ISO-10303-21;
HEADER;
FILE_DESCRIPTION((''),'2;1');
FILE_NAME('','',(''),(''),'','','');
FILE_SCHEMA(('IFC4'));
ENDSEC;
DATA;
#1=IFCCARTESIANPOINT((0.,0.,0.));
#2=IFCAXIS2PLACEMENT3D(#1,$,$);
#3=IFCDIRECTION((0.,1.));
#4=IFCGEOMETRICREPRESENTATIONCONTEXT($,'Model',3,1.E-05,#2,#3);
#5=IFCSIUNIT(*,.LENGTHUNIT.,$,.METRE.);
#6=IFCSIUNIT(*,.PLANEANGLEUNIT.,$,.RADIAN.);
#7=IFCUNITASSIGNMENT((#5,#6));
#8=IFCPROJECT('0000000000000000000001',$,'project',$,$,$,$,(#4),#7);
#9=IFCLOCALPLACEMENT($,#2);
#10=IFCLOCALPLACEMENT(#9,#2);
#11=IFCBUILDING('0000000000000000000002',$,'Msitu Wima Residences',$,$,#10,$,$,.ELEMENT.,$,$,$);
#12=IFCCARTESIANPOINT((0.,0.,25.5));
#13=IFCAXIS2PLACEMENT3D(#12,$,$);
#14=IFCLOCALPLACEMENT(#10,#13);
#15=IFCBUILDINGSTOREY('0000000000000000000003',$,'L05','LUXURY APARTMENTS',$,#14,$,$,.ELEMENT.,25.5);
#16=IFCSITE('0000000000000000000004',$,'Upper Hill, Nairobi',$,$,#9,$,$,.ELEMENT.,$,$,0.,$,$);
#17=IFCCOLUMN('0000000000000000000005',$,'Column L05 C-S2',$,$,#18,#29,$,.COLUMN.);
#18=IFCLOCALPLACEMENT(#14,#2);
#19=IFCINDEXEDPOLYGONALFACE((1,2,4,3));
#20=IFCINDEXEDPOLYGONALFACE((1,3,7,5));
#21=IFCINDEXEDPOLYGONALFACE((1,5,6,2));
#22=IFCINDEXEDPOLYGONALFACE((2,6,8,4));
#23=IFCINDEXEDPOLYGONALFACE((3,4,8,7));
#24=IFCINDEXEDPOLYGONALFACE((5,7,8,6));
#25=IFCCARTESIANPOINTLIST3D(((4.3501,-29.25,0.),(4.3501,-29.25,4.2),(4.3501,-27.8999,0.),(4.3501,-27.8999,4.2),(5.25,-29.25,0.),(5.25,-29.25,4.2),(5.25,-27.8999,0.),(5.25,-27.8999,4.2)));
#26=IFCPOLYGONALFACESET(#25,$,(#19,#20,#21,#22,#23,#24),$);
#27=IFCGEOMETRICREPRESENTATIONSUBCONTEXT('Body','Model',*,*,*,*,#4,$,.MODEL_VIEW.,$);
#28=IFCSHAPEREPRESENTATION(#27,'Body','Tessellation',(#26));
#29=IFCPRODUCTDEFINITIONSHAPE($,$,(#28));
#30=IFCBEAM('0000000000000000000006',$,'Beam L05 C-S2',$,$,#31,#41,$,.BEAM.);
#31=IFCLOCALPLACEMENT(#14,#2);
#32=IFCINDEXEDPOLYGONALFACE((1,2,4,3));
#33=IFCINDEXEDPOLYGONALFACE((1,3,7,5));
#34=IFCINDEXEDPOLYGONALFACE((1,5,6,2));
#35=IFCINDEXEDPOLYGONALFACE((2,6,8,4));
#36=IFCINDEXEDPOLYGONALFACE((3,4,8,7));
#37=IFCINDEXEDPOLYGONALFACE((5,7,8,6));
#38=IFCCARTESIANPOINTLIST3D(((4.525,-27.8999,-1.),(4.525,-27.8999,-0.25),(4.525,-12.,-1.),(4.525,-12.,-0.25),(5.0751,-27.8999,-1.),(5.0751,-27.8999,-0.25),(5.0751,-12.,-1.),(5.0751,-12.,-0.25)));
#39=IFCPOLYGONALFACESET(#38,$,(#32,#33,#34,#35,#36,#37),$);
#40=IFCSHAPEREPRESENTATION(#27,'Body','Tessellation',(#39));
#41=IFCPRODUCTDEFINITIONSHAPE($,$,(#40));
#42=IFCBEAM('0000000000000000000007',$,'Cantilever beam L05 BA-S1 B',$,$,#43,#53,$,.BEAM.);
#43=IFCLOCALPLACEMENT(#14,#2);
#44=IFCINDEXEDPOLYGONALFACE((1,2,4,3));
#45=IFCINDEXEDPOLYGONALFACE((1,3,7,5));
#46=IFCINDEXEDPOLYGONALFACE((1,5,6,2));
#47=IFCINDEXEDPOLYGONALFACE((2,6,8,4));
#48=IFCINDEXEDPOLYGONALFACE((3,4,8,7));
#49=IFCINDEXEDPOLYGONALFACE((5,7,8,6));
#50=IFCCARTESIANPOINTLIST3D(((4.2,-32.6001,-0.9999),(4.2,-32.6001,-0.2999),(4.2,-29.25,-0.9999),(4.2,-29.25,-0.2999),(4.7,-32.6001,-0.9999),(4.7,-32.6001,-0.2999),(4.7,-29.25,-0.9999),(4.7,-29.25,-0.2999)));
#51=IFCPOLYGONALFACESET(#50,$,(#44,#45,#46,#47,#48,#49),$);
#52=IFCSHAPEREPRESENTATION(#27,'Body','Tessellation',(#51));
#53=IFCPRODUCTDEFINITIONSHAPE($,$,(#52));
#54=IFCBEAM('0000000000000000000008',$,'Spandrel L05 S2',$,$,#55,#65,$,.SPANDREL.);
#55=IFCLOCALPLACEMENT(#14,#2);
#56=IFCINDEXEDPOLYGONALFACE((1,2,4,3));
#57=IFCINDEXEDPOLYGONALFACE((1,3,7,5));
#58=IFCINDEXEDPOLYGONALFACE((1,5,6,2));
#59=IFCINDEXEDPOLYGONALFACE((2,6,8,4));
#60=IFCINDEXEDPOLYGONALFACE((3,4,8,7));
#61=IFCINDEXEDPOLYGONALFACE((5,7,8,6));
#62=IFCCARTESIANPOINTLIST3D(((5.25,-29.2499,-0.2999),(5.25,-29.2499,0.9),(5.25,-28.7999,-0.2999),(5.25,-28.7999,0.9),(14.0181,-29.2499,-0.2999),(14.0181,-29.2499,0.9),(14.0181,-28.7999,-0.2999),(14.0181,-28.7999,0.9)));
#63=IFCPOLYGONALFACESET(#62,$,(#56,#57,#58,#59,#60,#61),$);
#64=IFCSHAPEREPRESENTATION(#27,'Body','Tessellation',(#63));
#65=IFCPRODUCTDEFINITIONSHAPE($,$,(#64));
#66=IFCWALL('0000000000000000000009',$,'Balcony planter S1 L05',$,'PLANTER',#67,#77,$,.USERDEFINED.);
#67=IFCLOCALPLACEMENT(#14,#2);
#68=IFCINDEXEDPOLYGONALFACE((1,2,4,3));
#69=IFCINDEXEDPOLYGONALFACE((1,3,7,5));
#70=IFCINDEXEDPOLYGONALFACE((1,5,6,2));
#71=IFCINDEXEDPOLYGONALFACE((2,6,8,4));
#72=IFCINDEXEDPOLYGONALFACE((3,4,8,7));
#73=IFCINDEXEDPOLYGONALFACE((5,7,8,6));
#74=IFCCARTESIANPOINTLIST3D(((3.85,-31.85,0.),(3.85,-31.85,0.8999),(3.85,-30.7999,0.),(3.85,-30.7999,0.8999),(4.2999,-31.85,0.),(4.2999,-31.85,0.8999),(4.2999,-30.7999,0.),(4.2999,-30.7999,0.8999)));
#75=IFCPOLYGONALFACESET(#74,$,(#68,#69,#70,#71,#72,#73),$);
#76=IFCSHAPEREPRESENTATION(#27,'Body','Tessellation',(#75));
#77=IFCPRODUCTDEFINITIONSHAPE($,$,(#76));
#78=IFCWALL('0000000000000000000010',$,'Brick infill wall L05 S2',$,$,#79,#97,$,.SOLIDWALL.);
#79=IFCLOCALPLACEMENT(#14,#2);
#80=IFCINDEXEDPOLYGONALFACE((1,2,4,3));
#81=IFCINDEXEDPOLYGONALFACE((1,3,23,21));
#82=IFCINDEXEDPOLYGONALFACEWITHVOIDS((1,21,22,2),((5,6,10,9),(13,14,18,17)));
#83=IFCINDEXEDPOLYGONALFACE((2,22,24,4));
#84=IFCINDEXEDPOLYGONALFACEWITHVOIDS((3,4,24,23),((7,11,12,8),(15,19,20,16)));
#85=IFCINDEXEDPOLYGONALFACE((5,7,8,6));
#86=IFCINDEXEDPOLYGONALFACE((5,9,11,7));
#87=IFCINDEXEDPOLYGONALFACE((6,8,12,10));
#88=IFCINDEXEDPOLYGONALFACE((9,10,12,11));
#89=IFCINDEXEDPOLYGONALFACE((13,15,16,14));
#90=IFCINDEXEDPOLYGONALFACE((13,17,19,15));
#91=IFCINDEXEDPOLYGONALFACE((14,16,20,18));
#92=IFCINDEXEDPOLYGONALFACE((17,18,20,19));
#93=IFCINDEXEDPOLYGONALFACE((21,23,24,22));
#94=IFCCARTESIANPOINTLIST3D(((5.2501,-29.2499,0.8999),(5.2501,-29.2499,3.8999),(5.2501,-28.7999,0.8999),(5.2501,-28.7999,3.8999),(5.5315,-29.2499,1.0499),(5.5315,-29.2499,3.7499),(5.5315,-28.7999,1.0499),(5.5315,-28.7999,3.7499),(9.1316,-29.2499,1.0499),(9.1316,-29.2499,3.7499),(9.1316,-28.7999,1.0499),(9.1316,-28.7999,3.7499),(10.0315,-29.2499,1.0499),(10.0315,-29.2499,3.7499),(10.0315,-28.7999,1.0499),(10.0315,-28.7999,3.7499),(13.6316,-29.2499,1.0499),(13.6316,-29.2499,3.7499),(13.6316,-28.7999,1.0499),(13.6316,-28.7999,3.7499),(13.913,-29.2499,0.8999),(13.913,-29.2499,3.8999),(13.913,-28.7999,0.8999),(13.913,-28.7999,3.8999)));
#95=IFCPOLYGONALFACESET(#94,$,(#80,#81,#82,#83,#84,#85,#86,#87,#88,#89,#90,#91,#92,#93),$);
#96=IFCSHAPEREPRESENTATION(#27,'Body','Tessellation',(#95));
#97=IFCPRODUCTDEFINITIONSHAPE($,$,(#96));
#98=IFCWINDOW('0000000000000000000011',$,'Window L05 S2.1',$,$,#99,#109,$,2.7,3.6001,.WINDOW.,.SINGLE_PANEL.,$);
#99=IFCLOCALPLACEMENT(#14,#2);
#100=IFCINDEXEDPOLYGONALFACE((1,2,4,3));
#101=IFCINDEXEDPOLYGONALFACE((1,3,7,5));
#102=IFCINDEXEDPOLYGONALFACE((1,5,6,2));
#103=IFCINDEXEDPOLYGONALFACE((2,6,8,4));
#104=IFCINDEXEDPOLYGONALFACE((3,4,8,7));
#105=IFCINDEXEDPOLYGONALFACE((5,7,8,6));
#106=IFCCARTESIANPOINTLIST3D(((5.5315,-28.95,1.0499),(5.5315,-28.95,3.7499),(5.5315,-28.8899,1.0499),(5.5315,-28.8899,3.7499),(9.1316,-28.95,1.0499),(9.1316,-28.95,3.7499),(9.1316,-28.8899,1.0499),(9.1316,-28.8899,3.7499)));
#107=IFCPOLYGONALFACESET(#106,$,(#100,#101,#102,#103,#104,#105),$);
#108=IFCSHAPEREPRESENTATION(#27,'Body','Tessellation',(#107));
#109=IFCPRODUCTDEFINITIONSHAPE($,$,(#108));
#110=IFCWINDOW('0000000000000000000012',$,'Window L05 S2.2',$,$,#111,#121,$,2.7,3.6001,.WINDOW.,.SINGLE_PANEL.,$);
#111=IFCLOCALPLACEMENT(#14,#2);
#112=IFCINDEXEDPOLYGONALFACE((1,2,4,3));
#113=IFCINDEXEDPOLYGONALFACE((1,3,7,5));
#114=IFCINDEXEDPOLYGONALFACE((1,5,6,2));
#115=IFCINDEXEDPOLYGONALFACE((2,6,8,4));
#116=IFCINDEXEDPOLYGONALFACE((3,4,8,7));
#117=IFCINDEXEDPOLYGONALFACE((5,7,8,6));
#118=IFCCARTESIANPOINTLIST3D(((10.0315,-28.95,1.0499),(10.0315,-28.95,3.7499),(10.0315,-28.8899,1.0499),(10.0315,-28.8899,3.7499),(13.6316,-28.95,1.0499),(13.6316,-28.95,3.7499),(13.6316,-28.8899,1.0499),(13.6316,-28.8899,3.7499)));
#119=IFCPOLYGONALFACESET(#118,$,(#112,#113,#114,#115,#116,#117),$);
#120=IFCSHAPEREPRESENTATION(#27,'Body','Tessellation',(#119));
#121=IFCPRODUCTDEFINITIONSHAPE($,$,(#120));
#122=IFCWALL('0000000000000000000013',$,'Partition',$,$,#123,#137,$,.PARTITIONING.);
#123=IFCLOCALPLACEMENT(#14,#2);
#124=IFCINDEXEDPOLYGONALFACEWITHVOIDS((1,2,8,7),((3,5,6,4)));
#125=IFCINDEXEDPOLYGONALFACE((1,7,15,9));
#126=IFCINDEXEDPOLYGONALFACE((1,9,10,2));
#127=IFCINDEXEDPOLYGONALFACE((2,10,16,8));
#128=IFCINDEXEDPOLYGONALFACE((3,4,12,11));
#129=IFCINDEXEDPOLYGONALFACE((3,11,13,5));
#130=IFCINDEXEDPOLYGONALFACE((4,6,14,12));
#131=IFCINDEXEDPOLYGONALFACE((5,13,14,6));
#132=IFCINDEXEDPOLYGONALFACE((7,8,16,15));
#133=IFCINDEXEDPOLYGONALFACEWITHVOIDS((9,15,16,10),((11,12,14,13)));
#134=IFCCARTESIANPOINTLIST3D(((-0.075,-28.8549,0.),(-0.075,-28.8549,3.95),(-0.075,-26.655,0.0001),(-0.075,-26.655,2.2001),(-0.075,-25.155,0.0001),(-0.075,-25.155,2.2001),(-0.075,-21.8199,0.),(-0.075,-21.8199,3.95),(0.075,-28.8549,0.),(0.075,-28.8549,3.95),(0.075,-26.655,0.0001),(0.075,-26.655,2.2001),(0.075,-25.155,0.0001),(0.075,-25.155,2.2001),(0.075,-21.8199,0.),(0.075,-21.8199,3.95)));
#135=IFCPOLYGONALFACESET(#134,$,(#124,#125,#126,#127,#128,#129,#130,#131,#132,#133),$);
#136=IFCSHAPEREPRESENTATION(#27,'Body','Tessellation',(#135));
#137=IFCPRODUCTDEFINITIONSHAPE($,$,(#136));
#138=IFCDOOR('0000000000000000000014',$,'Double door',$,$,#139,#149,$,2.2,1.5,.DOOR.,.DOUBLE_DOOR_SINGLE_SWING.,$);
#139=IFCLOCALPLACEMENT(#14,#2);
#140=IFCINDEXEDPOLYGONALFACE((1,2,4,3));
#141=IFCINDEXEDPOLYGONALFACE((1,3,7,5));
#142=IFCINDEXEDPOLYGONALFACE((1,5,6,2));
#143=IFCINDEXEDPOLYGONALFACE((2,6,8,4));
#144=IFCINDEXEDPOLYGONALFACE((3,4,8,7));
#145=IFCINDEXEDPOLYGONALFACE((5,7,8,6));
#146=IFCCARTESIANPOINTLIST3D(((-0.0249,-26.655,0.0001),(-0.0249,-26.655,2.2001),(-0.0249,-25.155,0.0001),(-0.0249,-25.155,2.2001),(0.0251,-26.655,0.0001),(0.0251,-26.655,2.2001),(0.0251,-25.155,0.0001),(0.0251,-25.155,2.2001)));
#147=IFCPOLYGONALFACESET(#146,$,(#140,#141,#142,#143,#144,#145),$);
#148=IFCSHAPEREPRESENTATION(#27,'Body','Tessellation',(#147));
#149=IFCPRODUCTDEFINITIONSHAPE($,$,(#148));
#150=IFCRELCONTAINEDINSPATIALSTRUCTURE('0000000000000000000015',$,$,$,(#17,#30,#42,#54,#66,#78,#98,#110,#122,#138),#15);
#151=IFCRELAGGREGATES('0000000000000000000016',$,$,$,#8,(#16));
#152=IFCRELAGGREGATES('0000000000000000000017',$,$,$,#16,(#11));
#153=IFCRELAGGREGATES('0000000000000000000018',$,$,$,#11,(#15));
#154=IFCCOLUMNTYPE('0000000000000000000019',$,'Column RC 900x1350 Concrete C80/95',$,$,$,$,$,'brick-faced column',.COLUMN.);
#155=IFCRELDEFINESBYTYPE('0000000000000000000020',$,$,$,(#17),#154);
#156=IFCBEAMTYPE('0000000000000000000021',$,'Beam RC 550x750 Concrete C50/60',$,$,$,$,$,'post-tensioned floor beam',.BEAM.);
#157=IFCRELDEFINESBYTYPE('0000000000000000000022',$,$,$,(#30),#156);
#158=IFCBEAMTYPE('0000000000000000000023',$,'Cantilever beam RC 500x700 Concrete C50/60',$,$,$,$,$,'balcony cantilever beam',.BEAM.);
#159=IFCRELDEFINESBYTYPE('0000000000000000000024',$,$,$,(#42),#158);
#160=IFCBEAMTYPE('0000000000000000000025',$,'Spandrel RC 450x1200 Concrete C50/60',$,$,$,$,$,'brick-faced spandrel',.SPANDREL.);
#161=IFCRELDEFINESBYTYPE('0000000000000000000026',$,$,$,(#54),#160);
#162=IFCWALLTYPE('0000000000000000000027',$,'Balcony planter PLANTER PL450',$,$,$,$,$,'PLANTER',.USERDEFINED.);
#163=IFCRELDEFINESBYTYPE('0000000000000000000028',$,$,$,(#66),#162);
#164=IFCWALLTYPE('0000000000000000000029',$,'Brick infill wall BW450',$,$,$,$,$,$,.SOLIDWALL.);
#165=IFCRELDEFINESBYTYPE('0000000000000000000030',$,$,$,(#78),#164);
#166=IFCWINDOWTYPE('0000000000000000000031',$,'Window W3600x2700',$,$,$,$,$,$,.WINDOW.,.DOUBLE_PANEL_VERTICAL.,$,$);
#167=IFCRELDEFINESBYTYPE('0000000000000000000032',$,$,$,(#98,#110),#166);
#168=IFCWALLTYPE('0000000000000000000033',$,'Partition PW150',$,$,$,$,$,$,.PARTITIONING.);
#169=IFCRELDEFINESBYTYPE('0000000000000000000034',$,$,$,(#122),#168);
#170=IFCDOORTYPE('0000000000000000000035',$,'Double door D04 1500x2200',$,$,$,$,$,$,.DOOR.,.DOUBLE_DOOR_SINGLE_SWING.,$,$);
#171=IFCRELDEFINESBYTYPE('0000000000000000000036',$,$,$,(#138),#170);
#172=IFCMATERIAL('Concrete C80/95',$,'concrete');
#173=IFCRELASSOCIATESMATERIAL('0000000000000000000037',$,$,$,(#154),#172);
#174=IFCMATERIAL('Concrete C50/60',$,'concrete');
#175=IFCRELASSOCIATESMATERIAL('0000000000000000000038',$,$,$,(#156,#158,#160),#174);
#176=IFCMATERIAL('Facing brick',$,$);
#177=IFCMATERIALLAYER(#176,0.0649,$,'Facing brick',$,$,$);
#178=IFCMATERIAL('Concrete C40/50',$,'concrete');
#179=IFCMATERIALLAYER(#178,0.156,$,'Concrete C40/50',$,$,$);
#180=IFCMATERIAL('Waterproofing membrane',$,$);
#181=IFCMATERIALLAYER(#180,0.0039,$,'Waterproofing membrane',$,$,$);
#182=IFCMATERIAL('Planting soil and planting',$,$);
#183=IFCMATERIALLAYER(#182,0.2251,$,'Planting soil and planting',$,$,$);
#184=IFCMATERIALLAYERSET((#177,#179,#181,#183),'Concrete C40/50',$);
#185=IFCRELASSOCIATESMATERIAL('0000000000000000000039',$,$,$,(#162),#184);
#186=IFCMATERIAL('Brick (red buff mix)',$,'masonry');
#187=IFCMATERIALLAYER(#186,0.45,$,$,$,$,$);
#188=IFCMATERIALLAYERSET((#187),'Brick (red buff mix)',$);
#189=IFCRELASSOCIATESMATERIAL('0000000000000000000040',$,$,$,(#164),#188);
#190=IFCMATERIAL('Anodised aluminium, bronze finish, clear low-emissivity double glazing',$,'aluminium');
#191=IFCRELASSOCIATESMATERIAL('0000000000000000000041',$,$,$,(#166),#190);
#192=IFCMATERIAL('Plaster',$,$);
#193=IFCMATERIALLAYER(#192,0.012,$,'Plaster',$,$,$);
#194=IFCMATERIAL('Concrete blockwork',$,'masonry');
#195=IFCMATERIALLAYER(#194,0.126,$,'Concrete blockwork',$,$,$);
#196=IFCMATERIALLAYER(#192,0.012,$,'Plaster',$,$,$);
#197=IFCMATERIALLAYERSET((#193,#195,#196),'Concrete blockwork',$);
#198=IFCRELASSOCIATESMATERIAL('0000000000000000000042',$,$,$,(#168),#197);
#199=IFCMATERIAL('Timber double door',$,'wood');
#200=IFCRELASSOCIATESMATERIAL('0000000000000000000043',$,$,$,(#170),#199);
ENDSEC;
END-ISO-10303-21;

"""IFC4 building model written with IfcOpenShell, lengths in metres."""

from ifc_helpers import new_model, si_unit, direction, frame, frame_2d, origin, origin_2d, place, context, subcontext, project, spatial, rectangle, extrude, material, layer, layer_set, material_profile, profile_set, type_object, element, fill, save


model = new_model("IFC4")

# Units and contexts
model_context = context("Model", 3, precision=1e-05, world=origin(), true_north=direction((0.0, 1.0)))
body_context = subcontext(model_context, "Body", "Model", "MODEL_VIEW")
ifc_project = project(units=[si_unit("LENGTHUNIT", "METRE"), si_unit("PLANEANGLEUNIT", "RADIAN")], contexts=[model_context])

# Site, building, storey
site_placement = place(None, origin())
site = spatial("IfcSite", under=ifc_project, at=site_placement, Name="Upper Hill, Nairobi", CompositionType="ELEMENT", RefElevation=0.0)
building_placement = place(site_placement, origin())
building = spatial("IfcBuilding", under=site, at=building_placement, Name="Msitu Wima Residences", CompositionType="ELEMENT")
storey_placement = place(building_placement, frame((0.0, 0.0, 25.5)))
storey = spatial("IfcBuildingStorey", under=building, at=storey_placement, Name="L05", Description="LUXURY APARTMENTS", CompositionType="ELEMENT", Elevation=25.5)

# Column
ifc_material_1 = material(Name="Concrete C80/95", Category="concrete")
ifc_material_profile_1 = material_profile(ifc_material_1, rectangle(XDim=0.8999, YDim=1.3501, at=origin_2d()), Name="RC 900x1350")
ifc_profile_set_1 = profile_set([ifc_material_profile_1], Name="Concrete C80/95")
column_type = type_object("IfcColumnType", Name="Column RC 900x1350 Concrete C80/95", ElementType="brick-faced column", PredefinedType="COLUMN", material=ifc_profile_set_1)
column_placement = place(storey_placement, frame((4.8, -28.575, 0.0), z_axis=(0.0, 0.0, 1.0), x_axis=(1.0, 0.0, 0.0)))
element("IfcColumn", 1, at=column_placement, inside=storey, type_object=column_type, Name="Column L05 C-S2", PredefinedType="COLUMN", context=body_context, shape_type="SweptSolid", body=[
    extrude(rectangle(XDim=0.8999, YDim=1.3501, at=origin_2d()), origin(), (0.0, 0.0, 1.0), 4.2),
])

# Beams
ifc_material_2 = material(Name="Concrete C50/60", Category="concrete")
ifc_material_profile_2 = material_profile(ifc_material_2, rectangle(XDim=0.55, YDim=0.75, at=origin_2d()), Name="RC 550x750")
ifc_profile_set_2 = profile_set([ifc_material_profile_2], Name="Concrete C50/60")
beam_type_1 = type_object("IfcBeamType", Name="Beam RC 550x750 Concrete C50/60", ElementType="post-tensioned floor beam", PredefinedType="BEAM", material=ifc_profile_set_2)
beam_1_placement = place(storey_placement, frame((4.8, -27.8999, -0.625), z_axis=(0.0, 1.0, 0.0), x_axis=(-1.0, 0.0, 0.0)))
element("IfcBeam", 2, at=beam_1_placement, inside=storey, type_object=beam_type_1, Name="Beam L05 C-S2", PredefinedType="BEAM", context=body_context, shape_type="SweptSolid", body=[
    extrude(rectangle(XDim=0.55, YDim=0.75, at=origin_2d()), origin(), (0.0, 0.0, 1.0), 15.8999),
])
ifc_material_profile_3 = material_profile(ifc_material_2, rectangle(XDim=0.5, YDim=0.7, at=origin_2d()), Name="RC 500x700")
ifc_profile_set_3 = profile_set([ifc_material_profile_3], Name="Concrete C50/60")
beam_type_2 = type_object("IfcBeamType", Name="Cantilever beam RC 500x700 Concrete C50/60", ElementType="balcony cantilever beam", PredefinedType="BEAM", material=ifc_profile_set_3)
beam_2_placement = place(storey_placement, frame((4.45, -29.25, -0.6499), z_axis=(0.0, -1.0, 0.0), x_axis=(1.0, 0.0, 0.0)))
element("IfcBeam", 3, at=beam_2_placement, inside=storey, type_object=beam_type_2, Name="Cantilever beam L05 BA-S1 B", PredefinedType="BEAM", context=body_context, shape_type="SweptSolid", body=[
    extrude(rectangle(XDim=0.5, YDim=0.7, at=origin_2d()), origin(), (0.0, 0.0, 1.0), 3.3501),
])
ifc_material_profile_4 = material_profile(ifc_material_2, rectangle(XDim=0.45, YDim=1.2, at=origin_2d()), Name="RC 450x1200")
ifc_profile_set_4 = profile_set([ifc_material_profile_4], Name="Concrete C50/60")
beam_type_3 = type_object("IfcBeamType", Name="Spandrel RC 450x1200 Concrete C50/60", ElementType="brick-faced spandrel", PredefinedType="SPANDREL", material=ifc_profile_set_4)
beam_3_placement = place(storey_placement, frame((5.25, -29.0249, 0.3), z_axis=(1.0, 0.0, 0.0), x_axis=(0.0, 1.0, 0.0)))
element("IfcBeam", 4, at=beam_3_placement, inside=storey, type_object=beam_type_3, Name="Spandrel L05 S2", PredefinedType="SPANDREL", context=body_context, shape_type="SweptSolid", body=[
    extrude(rectangle(XDim=0.45, YDim=1.2, at=origin_2d()), origin(), (0.0, 0.0, 1.0), 8.7681),
])

# Wall
ifc_material_3 = material(Name="Facing brick")
ifc_layer_1 = layer(ifc_material_3, 0.0649, Name="Facing brick")
ifc_material_4 = material(Name="Concrete C40/50", Category="concrete")
ifc_layer_2 = layer(ifc_material_4, 0.156, Name="Concrete C40/50")
ifc_material_5 = material(Name="Waterproofing membrane")
ifc_layer_3 = layer(ifc_material_5, 0.0039, Name="Waterproofing membrane")
ifc_material_6 = material(Name="Planting soil and planting")
ifc_layer_4 = layer(ifc_material_6, 0.2251, Name="Planting soil and planting")
ifc_layer_set_1 = layer_set([ifc_layer_1, ifc_layer_2, ifc_layer_3, ifc_layer_4], Name="Concrete C40/50")
wall_type_1 = type_object("IfcWallType", Name="Balcony planter PLANTER PL450", ElementType="PLANTER", PredefinedType="USERDEFINED", material=ifc_layer_set_1)
wall_1_placement = place(storey_placement, frame((4.075, -30.8, 0.0), z_axis=(0.0, 0.0, 1.0), x_axis=(0.0, -1.0, 0.0)))
element("IfcWall", 5, at=wall_1_placement, inside=storey, type_object=wall_type_1, Name="Balcony planter S1 L05", ObjectType="PLANTER", PredefinedType="USERDEFINED", context=body_context, shape_type="SweptSolid", body=[
    extrude(rectangle(XDim=1.05, YDim=0.45, at=frame_2d((0.5249, 0.0))), origin(), (0.0, 0.0, 1.0), 0.8999),
])

# Wall, openings, windows
ifc_material_7 = material(Name="Brick (red buff mix)", Category="masonry")
ifc_layer_5 = layer(ifc_material_7, 0.45)
ifc_layer_set_2 = layer_set([ifc_layer_5], Name="Brick (red buff mix)")
wall_type_2 = type_object("IfcWallType", Name="Brick infill wall BW450", PredefinedType="SOLIDWALL", material=ifc_layer_set_2)
wall_2_placement = place(storey_placement, frame((5.25, -29.0249, 0.8999), z_axis=(0.0, 0.0, 1.0), x_axis=(1.0, 0.0, 0.0)))
wall_2 = element("IfcWall", 6, at=wall_2_placement, inside=storey, type_object=wall_type_2, Name="Brick infill wall L05 S2", PredefinedType="SOLIDWALL", context=body_context, shape_type="SweptSolid", body=[
    extrude(rectangle(XDim=8.6628, YDim=0.45, at=frame_2d((4.3315, 0.0))), origin(), (0.0, 0.0, 1.0), 3.0),
])
opening_1_placement = place(wall_2_placement, frame((0.2815, 0.0, 0.1499)))
opening_1 = element("IfcOpeningElement", 7, at=opening_1_placement, cuts=wall_2, PredefinedType="OPENING", context=body_context, shape_type="SweptSolid", body=[
    extrude(rectangle(XDim=3.6001, YDim=2.7, at=frame_2d((1.8, 1.3501))), frame((0.0, 0.2349, 0.0), z_axis=(0.0, -1.0, 0.0), x_axis=(1.0, 0.0, 0.0)), (0.0, 0.0, 1.0), 0.47),
])
opening_2_placement = place(wall_2_placement, frame((4.7815, 0.0, 0.1499)))
opening_2 = element("IfcOpeningElement", 8, at=opening_2_placement, cuts=wall_2, PredefinedType="OPENING", context=body_context, shape_type="SweptSolid", body=[
    extrude(rectangle(XDim=3.6001, YDim=2.7, at=frame_2d((1.8, 1.3501))), frame((0.0, 0.2349, 0.0), z_axis=(0.0, -1.0, 0.0), x_axis=(1.0, 0.0, 0.0)), (0.0, 0.0, 1.0), 0.47),
])
ifc_material_8 = material(Name="Anodised aluminium, bronze finish, clear low-emissivity double glazing", Category="aluminium")
window_type = type_object("IfcWindowType", Name="Window W3600x2700", PartitioningType="DOUBLE_PANEL_VERTICAL", PredefinedType="WINDOW", material=ifc_material_8)
window_1_placement = place(opening_1_placement, origin())
window_1 = element("IfcWindow", 9, at=window_1_placement, inside=storey, type_object=window_type, Name="Window L05 S2.1", OverallHeight=2.7, OverallWidth=3.6001, PartitioningType="SINGLE_PANEL", PredefinedType="WINDOW", context=body_context, shape_type="SweptSolid", body=[
    extrude(rectangle(XDim=3.6001, YDim=2.7, at=frame_2d((1.8, 1.3501))), frame((0.0, 0.135, 0.0), z_axis=(0.0, -1.0, 0.0), x_axis=(1.0, 0.0, 0.0)), (0.0, 0.0, 1.0), 0.0601),
])
fill(opening_1, window_1)
window_2_placement = place(opening_2_placement, origin())
window_2 = element("IfcWindow", 10, at=window_2_placement, inside=storey, type_object=window_type, Name="Window L05 S2.2", OverallHeight=2.7, OverallWidth=3.6001, PartitioningType="SINGLE_PANEL", PredefinedType="WINDOW", context=body_context, shape_type="SweptSolid", body=[
    extrude(rectangle(XDim=3.6001, YDim=2.7, at=frame_2d((1.8, 1.3501))), frame((0.0, 0.135, 0.0), z_axis=(0.0, -1.0, 0.0), x_axis=(1.0, 0.0, 0.0)), (0.0, 0.0, 1.0), 0.0601),
])
fill(opening_2, window_2)

# Wall, opening, door
ifc_material_9 = material(Name="Plaster")
ifc_layer_6 = layer(ifc_material_9, 0.012, Name="Plaster")
ifc_material_10 = material(Name="Concrete blockwork", Category="masonry")
ifc_layer_7 = layer(ifc_material_10, 0.126, Name="Concrete blockwork")
ifc_layer_8 = layer(ifc_material_9, 0.012, Name="Plaster")
ifc_layer_set_3 = layer_set([ifc_layer_6, ifc_layer_7, ifc_layer_8], Name="Concrete blockwork")
wall_type_3 = type_object("IfcWallType", Name="Partition PW150", PredefinedType="PARTITIONING", material=ifc_layer_set_3)
wall_3_placement = place(storey_placement, frame((0.0, -28.855, 0.0), z_axis=(0.0, 0.0, 1.0), x_axis=(0.0, 1.0, 0.0)))
wall_3 = element("IfcWall", 11, at=wall_3_placement, inside=storey, type_object=wall_type_3, Name="Partition", PredefinedType="PARTITIONING", context=body_context, shape_type="SweptSolid", body=[
    extrude(rectangle(XDim=7.0349, YDim=0.1499, at=frame_2d((3.5176, 0.0))), origin(), (0.0, 0.0, 1.0), 3.95),
])
opening_3_placement = place(wall_3_placement, frame((2.2, 0.0, 0.0)))
opening_3 = element("IfcOpeningElement", 12, at=opening_3_placement, cuts=wall_3, PredefinedType="OPENING", context=body_context, shape_type="SweptSolid", body=[
    extrude(rectangle(XDim=1.5, YDim=2.2, at=frame_2d((0.75, 1.1001))), frame((0.0, 0.085, 0.0), z_axis=(0.0, -1.0, 0.0), x_axis=(1.0, 0.0, 0.0)), (0.0, 0.0, 1.0), 0.1699),
])
ifc_material_11 = material(Name="Timber double door", Category="wood")
door_type_1 = type_object("IfcDoorType", Name="Double door D04 1500x2200", OperationType="DOUBLE_DOOR_SINGLE_SWING", PredefinedType="DOOR", material=ifc_material_11)
door_1_placement = place(opening_3_placement, origin())
door_1 = element("IfcDoor", 13, at=door_1_placement, inside=storey, type_object=door_type_1, Name="Double door", OperationType="DOUBLE_DOOR_SINGLE_SWING", OverallHeight=2.2, OverallWidth=1.5, PredefinedType="DOOR", context=body_context, shape_type="SweptSolid", body=[
    extrude(rectangle(XDim=1.5, YDim=2.2, at=frame_2d((0.75, 1.1001))), frame((0.0, 0.0249, 0.0), z_axis=(0.0, -1.0, 0.0), x_axis=(1.0, 0.0, 0.0)), (0.0, 0.0, 1.0), 0.05),
])
fill(opening_3, door_1)

save(model, "model.ifc")
